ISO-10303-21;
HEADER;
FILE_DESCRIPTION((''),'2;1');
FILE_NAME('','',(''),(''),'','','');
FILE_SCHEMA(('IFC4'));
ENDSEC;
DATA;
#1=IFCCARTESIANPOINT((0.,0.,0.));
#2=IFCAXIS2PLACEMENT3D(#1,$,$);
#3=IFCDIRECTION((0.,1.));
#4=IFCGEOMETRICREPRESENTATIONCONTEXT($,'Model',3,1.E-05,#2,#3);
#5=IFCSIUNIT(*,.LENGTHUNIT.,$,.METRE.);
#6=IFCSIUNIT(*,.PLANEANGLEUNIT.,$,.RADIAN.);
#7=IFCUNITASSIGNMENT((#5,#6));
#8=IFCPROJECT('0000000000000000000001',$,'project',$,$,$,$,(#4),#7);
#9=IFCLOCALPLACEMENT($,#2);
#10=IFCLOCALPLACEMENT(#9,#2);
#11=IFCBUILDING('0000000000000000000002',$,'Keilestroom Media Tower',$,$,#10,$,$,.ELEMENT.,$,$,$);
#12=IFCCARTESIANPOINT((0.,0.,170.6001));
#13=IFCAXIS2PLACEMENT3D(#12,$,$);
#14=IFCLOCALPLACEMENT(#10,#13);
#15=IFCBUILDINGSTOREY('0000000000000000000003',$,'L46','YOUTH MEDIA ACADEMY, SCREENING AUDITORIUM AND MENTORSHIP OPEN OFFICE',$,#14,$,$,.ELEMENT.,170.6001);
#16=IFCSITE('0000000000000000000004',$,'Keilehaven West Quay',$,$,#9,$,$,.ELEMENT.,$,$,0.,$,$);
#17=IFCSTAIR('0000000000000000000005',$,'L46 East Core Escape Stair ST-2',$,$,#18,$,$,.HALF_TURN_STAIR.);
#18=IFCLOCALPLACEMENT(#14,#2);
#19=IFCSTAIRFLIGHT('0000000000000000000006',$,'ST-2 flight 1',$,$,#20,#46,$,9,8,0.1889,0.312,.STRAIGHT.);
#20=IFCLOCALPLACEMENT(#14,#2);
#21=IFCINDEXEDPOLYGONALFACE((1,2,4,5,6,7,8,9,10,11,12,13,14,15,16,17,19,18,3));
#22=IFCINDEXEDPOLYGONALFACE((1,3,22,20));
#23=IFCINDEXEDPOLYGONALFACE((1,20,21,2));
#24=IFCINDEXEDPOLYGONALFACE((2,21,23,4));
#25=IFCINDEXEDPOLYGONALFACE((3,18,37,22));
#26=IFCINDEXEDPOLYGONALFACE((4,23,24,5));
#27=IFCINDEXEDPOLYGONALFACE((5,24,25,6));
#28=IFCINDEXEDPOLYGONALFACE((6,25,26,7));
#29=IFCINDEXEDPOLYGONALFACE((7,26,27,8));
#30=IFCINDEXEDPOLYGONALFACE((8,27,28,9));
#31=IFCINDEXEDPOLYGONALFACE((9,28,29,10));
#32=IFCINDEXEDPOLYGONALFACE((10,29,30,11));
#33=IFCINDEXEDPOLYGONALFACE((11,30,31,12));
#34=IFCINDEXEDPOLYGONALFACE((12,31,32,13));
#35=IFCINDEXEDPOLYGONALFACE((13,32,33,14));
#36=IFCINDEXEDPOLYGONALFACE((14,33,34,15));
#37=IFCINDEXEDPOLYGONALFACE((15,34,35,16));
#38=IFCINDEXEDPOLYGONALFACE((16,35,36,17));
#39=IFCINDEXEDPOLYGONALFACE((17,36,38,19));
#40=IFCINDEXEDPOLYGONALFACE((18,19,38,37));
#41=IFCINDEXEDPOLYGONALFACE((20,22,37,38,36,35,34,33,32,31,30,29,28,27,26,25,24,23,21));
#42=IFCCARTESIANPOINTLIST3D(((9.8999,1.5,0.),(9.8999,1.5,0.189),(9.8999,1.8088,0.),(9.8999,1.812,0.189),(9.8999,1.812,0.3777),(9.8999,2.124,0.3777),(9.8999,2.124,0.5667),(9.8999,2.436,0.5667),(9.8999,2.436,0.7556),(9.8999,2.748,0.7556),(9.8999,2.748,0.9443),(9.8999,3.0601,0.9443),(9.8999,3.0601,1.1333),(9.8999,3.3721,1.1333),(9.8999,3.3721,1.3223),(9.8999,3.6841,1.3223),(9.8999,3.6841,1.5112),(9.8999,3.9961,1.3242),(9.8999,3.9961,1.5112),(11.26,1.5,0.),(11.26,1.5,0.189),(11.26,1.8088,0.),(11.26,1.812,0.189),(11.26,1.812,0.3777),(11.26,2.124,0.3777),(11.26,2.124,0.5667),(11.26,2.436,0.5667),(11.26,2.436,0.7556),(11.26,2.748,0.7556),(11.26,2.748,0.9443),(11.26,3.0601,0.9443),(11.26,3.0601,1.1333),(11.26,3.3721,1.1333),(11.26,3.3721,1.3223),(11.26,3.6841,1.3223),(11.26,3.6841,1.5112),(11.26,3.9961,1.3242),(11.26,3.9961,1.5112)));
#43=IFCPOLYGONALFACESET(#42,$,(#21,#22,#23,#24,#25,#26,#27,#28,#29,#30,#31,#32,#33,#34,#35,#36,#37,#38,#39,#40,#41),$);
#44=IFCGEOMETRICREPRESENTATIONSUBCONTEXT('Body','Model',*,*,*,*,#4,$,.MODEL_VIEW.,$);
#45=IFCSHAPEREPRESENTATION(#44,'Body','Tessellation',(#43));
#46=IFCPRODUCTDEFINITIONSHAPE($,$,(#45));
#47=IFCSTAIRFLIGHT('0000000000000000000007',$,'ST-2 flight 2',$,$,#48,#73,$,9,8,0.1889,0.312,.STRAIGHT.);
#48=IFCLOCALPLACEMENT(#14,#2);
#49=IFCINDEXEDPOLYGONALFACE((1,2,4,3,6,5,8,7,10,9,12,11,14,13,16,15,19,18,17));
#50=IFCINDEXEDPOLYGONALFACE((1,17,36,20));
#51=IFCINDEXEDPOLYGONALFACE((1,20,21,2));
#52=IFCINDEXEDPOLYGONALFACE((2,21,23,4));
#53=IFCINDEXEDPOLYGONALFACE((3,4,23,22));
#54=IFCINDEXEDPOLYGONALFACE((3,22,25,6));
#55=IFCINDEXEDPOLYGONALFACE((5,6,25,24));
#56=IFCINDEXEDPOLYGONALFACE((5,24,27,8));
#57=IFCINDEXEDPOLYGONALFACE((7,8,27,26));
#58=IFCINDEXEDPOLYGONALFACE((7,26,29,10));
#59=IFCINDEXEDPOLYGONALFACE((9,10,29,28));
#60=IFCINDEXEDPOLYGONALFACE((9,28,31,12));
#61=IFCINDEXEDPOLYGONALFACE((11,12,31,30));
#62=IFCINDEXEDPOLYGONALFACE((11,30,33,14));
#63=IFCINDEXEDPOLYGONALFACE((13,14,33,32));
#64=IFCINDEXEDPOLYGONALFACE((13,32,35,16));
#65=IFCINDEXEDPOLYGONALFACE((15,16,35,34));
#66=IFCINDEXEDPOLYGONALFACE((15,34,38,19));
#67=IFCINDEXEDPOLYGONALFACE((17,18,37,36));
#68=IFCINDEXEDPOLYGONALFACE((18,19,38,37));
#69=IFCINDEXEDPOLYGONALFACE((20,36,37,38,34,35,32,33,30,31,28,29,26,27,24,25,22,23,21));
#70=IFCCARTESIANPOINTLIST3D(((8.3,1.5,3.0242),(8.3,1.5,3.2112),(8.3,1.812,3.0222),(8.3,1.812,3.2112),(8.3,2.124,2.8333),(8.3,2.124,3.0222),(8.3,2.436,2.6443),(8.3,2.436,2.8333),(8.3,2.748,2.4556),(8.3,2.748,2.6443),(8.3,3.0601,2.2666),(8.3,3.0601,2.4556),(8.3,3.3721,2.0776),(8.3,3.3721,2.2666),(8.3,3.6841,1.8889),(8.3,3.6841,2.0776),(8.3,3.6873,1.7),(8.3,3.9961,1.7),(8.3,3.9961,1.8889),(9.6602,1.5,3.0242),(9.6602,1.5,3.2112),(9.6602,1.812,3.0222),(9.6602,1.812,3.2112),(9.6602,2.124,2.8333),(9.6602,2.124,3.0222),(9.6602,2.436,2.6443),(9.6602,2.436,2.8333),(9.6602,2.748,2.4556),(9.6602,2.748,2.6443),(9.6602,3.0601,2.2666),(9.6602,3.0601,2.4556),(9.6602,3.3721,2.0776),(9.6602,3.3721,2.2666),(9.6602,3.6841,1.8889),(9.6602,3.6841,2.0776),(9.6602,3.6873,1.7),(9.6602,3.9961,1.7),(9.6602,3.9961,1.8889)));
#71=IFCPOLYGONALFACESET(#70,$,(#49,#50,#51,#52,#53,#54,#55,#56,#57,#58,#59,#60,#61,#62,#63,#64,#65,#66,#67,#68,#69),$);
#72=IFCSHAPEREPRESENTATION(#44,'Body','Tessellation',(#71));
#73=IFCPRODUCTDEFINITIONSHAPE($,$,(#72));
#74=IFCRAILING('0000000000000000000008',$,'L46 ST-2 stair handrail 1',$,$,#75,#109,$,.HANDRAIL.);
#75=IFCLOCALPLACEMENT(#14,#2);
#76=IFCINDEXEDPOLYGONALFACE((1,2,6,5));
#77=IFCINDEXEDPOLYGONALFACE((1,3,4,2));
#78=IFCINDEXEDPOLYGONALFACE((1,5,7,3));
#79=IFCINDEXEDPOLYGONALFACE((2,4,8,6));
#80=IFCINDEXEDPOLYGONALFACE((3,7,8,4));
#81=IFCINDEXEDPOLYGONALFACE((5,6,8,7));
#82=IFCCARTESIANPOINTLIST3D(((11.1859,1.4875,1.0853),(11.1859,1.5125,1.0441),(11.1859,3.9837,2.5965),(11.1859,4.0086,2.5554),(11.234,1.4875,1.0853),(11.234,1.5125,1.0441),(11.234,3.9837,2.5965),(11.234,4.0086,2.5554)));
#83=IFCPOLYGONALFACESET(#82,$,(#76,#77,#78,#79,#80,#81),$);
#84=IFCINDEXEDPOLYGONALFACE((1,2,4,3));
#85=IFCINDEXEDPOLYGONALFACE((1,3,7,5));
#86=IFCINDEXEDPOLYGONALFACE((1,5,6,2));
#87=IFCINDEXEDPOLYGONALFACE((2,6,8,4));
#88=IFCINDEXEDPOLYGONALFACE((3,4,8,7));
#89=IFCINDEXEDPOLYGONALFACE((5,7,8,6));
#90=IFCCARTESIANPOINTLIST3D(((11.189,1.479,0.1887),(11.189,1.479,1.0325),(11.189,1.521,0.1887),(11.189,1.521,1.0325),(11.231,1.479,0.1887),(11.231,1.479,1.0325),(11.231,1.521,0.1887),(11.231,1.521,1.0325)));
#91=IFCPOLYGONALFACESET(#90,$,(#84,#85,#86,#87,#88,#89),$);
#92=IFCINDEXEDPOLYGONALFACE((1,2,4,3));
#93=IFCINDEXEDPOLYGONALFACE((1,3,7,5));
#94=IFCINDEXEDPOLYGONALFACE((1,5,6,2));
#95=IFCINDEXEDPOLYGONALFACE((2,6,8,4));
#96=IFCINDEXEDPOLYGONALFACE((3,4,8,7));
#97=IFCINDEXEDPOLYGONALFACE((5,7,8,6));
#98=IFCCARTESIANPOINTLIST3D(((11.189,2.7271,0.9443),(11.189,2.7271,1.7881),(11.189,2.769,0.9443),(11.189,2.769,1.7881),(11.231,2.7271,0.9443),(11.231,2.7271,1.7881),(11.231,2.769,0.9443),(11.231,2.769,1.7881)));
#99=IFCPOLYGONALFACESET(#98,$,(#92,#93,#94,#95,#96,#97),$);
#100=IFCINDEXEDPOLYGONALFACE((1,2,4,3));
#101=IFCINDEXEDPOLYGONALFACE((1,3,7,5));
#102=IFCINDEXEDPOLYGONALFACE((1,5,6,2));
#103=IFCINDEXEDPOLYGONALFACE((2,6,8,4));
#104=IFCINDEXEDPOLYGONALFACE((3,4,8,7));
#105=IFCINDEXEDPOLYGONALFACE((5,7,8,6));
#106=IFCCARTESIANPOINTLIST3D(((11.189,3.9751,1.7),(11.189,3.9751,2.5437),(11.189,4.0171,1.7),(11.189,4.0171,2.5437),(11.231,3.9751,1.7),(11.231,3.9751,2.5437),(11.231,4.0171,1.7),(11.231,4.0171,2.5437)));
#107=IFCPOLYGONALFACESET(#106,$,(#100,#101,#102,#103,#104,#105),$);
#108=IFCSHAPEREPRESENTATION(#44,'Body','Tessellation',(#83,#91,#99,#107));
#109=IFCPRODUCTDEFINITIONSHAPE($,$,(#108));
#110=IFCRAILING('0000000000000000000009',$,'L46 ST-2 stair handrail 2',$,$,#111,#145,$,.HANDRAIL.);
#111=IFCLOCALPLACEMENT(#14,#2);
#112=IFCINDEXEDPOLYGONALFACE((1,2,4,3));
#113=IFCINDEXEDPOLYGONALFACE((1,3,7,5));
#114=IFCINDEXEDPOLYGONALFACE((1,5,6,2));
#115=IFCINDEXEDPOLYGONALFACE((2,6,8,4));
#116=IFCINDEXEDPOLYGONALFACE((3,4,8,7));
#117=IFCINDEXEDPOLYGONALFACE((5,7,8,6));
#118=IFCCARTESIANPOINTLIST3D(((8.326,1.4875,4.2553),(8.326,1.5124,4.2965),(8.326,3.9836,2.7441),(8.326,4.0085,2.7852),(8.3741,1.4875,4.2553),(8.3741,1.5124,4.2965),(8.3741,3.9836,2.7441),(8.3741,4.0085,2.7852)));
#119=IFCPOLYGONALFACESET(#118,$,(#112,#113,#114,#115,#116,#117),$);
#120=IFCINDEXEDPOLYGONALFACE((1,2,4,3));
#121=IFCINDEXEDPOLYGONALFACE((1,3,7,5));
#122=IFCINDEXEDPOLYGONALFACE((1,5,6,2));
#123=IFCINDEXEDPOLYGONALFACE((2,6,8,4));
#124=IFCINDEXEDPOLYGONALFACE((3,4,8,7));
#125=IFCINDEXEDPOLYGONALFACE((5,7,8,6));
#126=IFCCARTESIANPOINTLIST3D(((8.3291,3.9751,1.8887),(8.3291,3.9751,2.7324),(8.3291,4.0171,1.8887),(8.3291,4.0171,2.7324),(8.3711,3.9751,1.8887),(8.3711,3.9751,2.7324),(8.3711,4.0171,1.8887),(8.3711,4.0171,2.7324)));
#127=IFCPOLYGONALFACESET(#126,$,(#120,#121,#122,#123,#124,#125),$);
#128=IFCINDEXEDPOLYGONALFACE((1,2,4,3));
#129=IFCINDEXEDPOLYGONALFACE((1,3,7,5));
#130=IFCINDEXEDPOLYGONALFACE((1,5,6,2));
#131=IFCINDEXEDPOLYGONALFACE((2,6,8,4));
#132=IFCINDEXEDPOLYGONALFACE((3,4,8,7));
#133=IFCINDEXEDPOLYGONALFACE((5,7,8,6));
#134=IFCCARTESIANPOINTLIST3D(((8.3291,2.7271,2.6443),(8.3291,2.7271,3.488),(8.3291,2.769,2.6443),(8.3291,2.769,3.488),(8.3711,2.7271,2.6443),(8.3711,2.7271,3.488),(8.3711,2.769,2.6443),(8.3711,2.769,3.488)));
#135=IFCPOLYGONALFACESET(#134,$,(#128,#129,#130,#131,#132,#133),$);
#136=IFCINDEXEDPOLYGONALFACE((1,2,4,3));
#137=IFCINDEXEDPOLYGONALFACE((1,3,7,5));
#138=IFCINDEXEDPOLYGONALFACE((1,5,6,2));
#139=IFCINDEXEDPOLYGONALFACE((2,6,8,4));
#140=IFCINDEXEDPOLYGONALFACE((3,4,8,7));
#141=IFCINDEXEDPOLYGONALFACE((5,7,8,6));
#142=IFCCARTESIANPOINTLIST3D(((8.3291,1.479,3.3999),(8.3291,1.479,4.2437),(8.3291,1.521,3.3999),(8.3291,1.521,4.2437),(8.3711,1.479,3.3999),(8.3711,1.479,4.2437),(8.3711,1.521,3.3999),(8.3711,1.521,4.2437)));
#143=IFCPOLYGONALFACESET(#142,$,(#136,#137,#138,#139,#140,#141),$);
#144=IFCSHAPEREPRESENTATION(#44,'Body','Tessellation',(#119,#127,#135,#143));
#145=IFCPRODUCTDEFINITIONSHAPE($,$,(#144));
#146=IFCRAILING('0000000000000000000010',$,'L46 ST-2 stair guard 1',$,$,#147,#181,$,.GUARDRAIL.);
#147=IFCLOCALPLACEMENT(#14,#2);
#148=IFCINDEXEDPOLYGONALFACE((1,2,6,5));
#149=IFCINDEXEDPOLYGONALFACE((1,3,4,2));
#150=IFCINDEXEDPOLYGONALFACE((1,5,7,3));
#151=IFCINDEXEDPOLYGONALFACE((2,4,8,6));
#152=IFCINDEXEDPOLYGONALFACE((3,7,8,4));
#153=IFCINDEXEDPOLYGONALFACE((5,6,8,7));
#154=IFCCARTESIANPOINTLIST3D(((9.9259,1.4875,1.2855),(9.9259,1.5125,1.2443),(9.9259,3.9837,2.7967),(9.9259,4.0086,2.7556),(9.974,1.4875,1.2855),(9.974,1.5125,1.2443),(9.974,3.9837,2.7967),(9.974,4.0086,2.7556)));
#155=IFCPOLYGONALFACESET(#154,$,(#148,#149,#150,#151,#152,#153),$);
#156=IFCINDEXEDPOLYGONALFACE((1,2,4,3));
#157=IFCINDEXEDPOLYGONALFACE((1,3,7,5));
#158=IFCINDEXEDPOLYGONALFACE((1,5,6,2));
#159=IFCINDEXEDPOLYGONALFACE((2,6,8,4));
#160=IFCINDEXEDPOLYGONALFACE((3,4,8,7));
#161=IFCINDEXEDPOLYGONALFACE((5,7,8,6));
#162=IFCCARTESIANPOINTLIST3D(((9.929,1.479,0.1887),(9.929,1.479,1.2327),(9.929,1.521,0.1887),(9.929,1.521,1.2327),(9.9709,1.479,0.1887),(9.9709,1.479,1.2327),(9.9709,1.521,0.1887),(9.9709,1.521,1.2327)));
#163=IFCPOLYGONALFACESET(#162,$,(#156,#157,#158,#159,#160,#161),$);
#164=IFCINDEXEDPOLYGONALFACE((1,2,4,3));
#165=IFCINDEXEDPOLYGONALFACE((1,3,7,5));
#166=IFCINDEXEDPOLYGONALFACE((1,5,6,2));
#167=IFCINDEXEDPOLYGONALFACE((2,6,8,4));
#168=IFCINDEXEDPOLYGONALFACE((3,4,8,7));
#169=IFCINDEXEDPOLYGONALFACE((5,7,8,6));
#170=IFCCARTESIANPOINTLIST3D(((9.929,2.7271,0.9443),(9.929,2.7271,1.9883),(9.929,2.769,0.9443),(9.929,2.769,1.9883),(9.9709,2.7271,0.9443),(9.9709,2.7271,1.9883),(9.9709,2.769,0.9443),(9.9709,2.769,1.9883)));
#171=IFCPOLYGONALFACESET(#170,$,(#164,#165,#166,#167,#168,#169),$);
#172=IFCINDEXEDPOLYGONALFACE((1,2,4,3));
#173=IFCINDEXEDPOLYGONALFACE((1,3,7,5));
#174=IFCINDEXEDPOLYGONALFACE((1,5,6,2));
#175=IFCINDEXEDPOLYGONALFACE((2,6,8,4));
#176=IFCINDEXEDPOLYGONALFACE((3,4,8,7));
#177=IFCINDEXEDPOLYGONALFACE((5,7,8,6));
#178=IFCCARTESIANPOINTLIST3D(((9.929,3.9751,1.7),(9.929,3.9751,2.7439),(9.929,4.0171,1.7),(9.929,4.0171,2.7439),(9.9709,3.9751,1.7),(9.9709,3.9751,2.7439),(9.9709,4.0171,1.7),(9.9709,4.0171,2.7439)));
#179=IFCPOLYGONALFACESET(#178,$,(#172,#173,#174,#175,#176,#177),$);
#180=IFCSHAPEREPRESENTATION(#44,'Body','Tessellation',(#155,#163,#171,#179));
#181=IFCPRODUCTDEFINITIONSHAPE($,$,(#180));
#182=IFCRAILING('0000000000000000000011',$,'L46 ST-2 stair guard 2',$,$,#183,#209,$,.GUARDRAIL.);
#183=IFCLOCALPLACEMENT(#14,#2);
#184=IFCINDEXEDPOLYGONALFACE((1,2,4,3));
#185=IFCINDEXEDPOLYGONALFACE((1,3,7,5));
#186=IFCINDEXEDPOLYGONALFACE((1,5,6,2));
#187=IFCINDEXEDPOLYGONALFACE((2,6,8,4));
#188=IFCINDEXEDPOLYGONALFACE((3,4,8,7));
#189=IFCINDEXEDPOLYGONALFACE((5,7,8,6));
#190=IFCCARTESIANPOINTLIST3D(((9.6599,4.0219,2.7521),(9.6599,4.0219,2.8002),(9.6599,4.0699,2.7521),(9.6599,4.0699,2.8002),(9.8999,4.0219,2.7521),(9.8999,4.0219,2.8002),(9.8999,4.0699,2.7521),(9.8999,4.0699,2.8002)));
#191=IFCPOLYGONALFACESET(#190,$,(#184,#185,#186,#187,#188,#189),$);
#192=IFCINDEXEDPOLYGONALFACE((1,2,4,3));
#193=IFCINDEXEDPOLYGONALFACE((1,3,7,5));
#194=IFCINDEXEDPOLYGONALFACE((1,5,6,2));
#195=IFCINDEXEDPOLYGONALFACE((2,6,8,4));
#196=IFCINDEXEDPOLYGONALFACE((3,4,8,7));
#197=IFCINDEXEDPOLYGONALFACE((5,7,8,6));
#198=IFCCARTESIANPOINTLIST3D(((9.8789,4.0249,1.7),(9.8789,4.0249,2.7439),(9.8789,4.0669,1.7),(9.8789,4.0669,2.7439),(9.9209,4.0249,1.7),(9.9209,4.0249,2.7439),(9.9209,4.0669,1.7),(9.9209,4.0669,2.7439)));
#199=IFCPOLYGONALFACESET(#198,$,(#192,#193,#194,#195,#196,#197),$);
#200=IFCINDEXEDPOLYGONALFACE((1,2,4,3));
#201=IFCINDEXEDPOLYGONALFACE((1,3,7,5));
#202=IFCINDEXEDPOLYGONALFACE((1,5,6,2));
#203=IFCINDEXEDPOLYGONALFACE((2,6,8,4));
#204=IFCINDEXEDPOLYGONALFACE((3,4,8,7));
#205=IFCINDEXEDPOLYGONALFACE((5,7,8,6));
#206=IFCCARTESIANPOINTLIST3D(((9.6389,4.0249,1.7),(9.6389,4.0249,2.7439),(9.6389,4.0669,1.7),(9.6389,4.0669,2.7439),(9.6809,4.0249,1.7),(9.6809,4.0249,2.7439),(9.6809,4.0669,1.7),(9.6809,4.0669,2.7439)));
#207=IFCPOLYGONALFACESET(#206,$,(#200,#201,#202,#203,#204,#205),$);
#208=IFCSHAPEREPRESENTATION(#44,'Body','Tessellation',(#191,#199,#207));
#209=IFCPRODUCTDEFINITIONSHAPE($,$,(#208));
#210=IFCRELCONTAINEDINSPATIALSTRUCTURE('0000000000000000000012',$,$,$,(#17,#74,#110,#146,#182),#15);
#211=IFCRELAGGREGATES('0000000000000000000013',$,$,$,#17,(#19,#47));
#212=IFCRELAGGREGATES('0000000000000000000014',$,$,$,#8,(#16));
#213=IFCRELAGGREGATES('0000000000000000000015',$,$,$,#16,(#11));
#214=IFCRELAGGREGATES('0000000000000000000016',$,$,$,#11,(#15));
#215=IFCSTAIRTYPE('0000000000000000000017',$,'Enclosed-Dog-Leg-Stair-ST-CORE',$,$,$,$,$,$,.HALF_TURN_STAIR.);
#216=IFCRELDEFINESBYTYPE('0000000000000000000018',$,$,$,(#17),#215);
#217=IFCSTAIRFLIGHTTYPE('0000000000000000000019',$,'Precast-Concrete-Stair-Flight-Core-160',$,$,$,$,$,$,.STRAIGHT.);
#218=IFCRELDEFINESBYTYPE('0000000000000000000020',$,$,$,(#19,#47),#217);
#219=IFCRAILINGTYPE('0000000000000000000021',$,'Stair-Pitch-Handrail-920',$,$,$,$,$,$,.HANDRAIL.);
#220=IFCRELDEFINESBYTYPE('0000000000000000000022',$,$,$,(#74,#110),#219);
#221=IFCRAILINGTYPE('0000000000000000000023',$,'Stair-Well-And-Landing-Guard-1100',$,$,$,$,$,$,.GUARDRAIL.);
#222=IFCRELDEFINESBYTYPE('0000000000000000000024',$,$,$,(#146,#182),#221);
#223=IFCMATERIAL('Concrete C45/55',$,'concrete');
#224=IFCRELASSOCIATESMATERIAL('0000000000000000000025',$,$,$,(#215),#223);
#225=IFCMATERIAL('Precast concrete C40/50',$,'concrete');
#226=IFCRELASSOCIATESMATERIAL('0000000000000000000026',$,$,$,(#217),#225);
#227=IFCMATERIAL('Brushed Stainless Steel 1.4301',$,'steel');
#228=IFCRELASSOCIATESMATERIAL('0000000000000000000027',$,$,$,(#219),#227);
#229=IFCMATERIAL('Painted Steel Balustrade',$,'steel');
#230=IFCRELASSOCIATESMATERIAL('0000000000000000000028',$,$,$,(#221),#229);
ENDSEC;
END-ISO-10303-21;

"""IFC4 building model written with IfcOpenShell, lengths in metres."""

from ifc_helpers import new_model, si_unit, direction, frame, origin, origin_2d, place, context, subcontext, project, spatial, polyline, rectangle, outline, extrude, material, type_object, element, aggregate, save


model = new_model("IFC4")

# Units and contexts
model_context = context("Model", 3, precision=1e-05, world=origin(), true_north=direction((0.0, 1.0)))
body_context = subcontext(model_context, "Body", "Model", "MODEL_VIEW")
ifc_project = project(units=[si_unit("LENGTHUNIT", "METRE"), si_unit("PLANEANGLEUNIT", "RADIAN")], contexts=[model_context])

# Site, building, storey
site_placement = place(None, origin())
site = spatial("IfcSite", under=ifc_project, at=site_placement, Name="Keilehaven West Quay", CompositionType="ELEMENT", RefElevation=0.0)
building_placement = place(site_placement, origin())
building = spatial("IfcBuilding", under=site, at=building_placement, Name="Keilestroom Media Tower", CompositionType="ELEMENT")
storey_placement = place(building_placement, frame((0.0, 0.0, 170.6001)))
storey = spatial("IfcBuildingStorey", under=building, at=storey_placement, Name="L46", Description="YOUTH MEDIA ACADEMY, SCREENING AUDITORIUM AND MENTORSHIP OPEN OFFICE", CompositionType="ELEMENT", Elevation=170.6001)

# Shared definitions
ifc_material_1 = material(Name="Precast concrete C40/50", Category="concrete")

# Stair, stair flights
ifc_material_2 = material(Name="Concrete C45/55", Category="concrete")
stair_type = type_object("IfcStairType", Name="Enclosed-Dog-Leg-Stair-ST-CORE", PredefinedType="HALF_TURN_STAIR", material=ifc_material_2)
stair_placement = place(storey_placement, origin())
stair = element("IfcStair", 1, at=stair_placement, inside=storey, type_object=stair_type, Name="L46 East Core Escape Stair ST-2", PredefinedType="HALF_TURN_STAIR")
stair_flight_type = type_object("IfcStairFlightType", Name="Precast-Concrete-Stair-Flight-Core-160", PredefinedType="STRAIGHT", material=ifc_material_1)
stair_flight_1_placement = place(storey_placement, frame((10.5801, 1.5, 0.0), z_axis=(0.0, 0.0, 1.0), x_axis=(0.0, 1.0, 0.0)))
stair_flight_1 = element("IfcStairFlight", 2, at=stair_flight_1_placement, type_object=stair_flight_type, Name="ST-2 flight 1", NumberOfRisers=9, NumberOfTreads=8, PredefinedType="STRAIGHT", RiserHeight=0.1889, TreadLength=0.312, context=body_context, shape_type="SweptSolid", body=[
    extrude(outline(polyline([(0.0, 0.0), (0.0, 0.189), (0.312, 0.189), (0.312, 0.3777), (0.624, 0.3777), (0.624, 0.5667), (0.936, 0.5667), (0.936, 0.7556), (1.248, 0.7556), (1.248, 0.9443), (1.5601, 0.9443), (1.5601, 1.1333), (1.8721, 1.1333), (1.8721, 1.3223), (2.1841, 1.3223), (2.1841, 1.5112), (2.4961, 1.5112), (2.4961, 1.7), (2.4961, 1.3242), (0.3088, 0.0), (0.0, 0.0)])), frame((0.0, 0.6802, 0.0), z_axis=(0.0, -1.0, 0.0), x_axis=(1.0, 0.0, 0.0)), (0.0, 0.0, 1.0), 1.3601),
])
stair_flight_2_placement = place(storey_placement, frame((8.98, 3.9961, 1.7), z_axis=(0.0, 0.0, 1.0), x_axis=(0.0, -1.0, 0.0)))
stair_flight_2 = element("IfcStairFlight", 3, at=stair_flight_2_placement, type_object=stair_flight_type, Name="ST-2 flight 2", NumberOfRisers=9, NumberOfTreads=8, PredefinedType="STRAIGHT", RiserHeight=0.1889, TreadLength=0.312, context=body_context, shape_type="SweptSolid", body=[
    extrude(outline(polyline([(0.0, 0.0), (0.0, 0.189), (0.312, 0.189), (0.312, 0.3777), (0.624, 0.3777), (0.624, 0.5667), (0.936, 0.5667), (0.936, 0.7556), (1.248, 0.7556), (1.248, 0.9443), (1.5601, 0.9443), (1.5601, 1.1333), (1.8721, 1.1333), (1.8721, 1.3223), (2.1841, 1.3223), (2.1841, 1.5112), (2.4961, 1.5112), (2.4961, 1.7), (2.4961, 1.3242), (0.3088, 0.0), (0.0, 0.0)])), frame((0.0, 0.6802, 0.0), z_axis=(0.0, -1.0, 0.0), x_axis=(1.0, 0.0, 0.0)), (0.0, 0.0, 1.0), 1.3601),
])
aggregate(stair, [stair_flight_1, stair_flight_2])

# Railings
ifc_material_3 = material(Name="Brushed Stainless Steel 1.4301", Category="steel")
railing_type_1 = type_object("IfcRailingType", Name="Stair-Pitch-Handrail-920", PredefinedType="HANDRAIL", material=ifc_material_3)
railing_1_placement = place(storey_placement, frame((11.21, 1.5, 0.1887)))
element("IfcRailing", 4, at=railing_1_placement, inside=storey, type_object=railing_type_1, Name="L46 ST-2 stair handrail 1", PredefinedType="HANDRAIL", context=body_context, shape_type="SweptSolid", body=[
    extrude(rectangle(XDim=0.0481, YDim=0.0481, at=origin_2d()), frame((0.0, 0.0, 0.876), z_axis=(0.0, 0.855434, 0.517912), x_axis=(-1.0, 0.0, 0.0)), (0.0, 0.0, 1.0), 2.918),
    extrude(rectangle(XDim=0.042, YDim=0.042, at=origin_2d()), origin(), (0.0, 0.0, 1.0), 0.8438),
    extrude(rectangle(XDim=0.042, YDim=0.042, at=origin_2d()), frame((0.0, 1.248, 0.7556)), (0.0, 0.0, 1.0), 0.8438),
    extrude(rectangle(XDim=0.042, YDim=0.042, at=origin_2d()), frame((0.0, 2.4961, 1.5112)), (0.0, 0.0, 1.0), 0.8438),
])
railing_2_placement = place(storey_placement, frame((8.3501, 3.9961, 1.8887)))
element("IfcRailing", 5, at=railing_2_placement, inside=storey, type_object=railing_type_1, Name="L46 ST-2 stair handrail 2", PredefinedType="HANDRAIL", context=body_context, shape_type="SweptSolid", body=[
    extrude(rectangle(XDim=0.0481, YDim=0.0481, at=origin_2d()), frame((0.0, 0.0, 0.876), z_axis=(0.0, -0.855434, 0.517912), x_axis=(1.0, 0.0, 0.0)), (0.0, 0.0, 1.0), 2.918),
    extrude(rectangle(XDim=0.042, YDim=0.042, at=origin_2d()), origin(), (0.0, 0.0, 1.0), 0.8438),
    extrude(rectangle(XDim=0.042, YDim=0.042, at=origin_2d()), frame((0.0, -1.248, 0.7556)), (0.0, 0.0, 1.0), 0.8438),
    extrude(rectangle(XDim=0.042, YDim=0.042, at=origin_2d()), frame((0.0, -2.4961, 1.5112)), (0.0, 0.0, 1.0), 0.8438),
])
ifc_material_4 = material(Name="Painted Steel Balustrade", Category="steel")
railing_type_2 = type_object("IfcRailingType", Name="Stair-Well-And-Landing-Guard-1100", PredefinedType="GUARDRAIL", material=ifc_material_4)
railing_3_placement = place(storey_placement, frame((9.95, 1.5, 0.1887)))
element("IfcRailing", 6, at=railing_3_placement, inside=storey, type_object=railing_type_2, Name="L46 ST-2 stair guard 1", PredefinedType="GUARDRAIL", context=body_context, shape_type="SweptSolid", body=[
    extrude(rectangle(XDim=0.0481, YDim=0.0481, at=origin_2d()), frame((0.0, 0.0, 1.0762), z_axis=(0.0, 0.855434, 0.517912), x_axis=(-1.0, 0.0, 0.0)), (0.0, 0.0, 1.0), 2.918),
    extrude(rectangle(XDim=0.042, YDim=0.042, at=origin_2d()), origin(), (0.0, 0.0, 1.0), 1.0439),
    extrude(rectangle(XDim=0.042, YDim=0.042, at=origin_2d()), frame((0.0, 1.248, 0.7556)), (0.0, 0.0, 1.0), 1.0439),
    extrude(rectangle(XDim=0.042, YDim=0.042, at=origin_2d()), frame((0.0, 2.4961, 1.5112)), (0.0, 0.0, 1.0), 1.0439),
])
railing_4_placement = place(storey_placement, frame((9.8999, 4.0459, 1.7)))
element("IfcRailing", 7, at=railing_4_placement, inside=storey, type_object=railing_type_2, Name="L46 ST-2 stair guard 2", PredefinedType="GUARDRAIL", context=body_context, shape_type="SweptSolid", body=[
    extrude(rectangle(XDim=0.0481, YDim=0.0481, at=origin_2d()), frame((0.0, 0.0, 1.0762), z_axis=(-1.0, 0.0, 0.0), x_axis=(0.0, -1.0, 0.0)), (0.0, 0.0, 1.0), 0.24),
    extrude(rectangle(XDim=0.042, YDim=0.042, at=origin_2d()), origin(), (0.0, 0.0, 1.0), 1.0439),
    extrude(rectangle(XDim=0.042, YDim=0.042, at=origin_2d()), frame((-0.24, 0.0, 0.0)), (0.0, 0.0, 1.0), 1.0439),
])

save(model, "model.ifc")
